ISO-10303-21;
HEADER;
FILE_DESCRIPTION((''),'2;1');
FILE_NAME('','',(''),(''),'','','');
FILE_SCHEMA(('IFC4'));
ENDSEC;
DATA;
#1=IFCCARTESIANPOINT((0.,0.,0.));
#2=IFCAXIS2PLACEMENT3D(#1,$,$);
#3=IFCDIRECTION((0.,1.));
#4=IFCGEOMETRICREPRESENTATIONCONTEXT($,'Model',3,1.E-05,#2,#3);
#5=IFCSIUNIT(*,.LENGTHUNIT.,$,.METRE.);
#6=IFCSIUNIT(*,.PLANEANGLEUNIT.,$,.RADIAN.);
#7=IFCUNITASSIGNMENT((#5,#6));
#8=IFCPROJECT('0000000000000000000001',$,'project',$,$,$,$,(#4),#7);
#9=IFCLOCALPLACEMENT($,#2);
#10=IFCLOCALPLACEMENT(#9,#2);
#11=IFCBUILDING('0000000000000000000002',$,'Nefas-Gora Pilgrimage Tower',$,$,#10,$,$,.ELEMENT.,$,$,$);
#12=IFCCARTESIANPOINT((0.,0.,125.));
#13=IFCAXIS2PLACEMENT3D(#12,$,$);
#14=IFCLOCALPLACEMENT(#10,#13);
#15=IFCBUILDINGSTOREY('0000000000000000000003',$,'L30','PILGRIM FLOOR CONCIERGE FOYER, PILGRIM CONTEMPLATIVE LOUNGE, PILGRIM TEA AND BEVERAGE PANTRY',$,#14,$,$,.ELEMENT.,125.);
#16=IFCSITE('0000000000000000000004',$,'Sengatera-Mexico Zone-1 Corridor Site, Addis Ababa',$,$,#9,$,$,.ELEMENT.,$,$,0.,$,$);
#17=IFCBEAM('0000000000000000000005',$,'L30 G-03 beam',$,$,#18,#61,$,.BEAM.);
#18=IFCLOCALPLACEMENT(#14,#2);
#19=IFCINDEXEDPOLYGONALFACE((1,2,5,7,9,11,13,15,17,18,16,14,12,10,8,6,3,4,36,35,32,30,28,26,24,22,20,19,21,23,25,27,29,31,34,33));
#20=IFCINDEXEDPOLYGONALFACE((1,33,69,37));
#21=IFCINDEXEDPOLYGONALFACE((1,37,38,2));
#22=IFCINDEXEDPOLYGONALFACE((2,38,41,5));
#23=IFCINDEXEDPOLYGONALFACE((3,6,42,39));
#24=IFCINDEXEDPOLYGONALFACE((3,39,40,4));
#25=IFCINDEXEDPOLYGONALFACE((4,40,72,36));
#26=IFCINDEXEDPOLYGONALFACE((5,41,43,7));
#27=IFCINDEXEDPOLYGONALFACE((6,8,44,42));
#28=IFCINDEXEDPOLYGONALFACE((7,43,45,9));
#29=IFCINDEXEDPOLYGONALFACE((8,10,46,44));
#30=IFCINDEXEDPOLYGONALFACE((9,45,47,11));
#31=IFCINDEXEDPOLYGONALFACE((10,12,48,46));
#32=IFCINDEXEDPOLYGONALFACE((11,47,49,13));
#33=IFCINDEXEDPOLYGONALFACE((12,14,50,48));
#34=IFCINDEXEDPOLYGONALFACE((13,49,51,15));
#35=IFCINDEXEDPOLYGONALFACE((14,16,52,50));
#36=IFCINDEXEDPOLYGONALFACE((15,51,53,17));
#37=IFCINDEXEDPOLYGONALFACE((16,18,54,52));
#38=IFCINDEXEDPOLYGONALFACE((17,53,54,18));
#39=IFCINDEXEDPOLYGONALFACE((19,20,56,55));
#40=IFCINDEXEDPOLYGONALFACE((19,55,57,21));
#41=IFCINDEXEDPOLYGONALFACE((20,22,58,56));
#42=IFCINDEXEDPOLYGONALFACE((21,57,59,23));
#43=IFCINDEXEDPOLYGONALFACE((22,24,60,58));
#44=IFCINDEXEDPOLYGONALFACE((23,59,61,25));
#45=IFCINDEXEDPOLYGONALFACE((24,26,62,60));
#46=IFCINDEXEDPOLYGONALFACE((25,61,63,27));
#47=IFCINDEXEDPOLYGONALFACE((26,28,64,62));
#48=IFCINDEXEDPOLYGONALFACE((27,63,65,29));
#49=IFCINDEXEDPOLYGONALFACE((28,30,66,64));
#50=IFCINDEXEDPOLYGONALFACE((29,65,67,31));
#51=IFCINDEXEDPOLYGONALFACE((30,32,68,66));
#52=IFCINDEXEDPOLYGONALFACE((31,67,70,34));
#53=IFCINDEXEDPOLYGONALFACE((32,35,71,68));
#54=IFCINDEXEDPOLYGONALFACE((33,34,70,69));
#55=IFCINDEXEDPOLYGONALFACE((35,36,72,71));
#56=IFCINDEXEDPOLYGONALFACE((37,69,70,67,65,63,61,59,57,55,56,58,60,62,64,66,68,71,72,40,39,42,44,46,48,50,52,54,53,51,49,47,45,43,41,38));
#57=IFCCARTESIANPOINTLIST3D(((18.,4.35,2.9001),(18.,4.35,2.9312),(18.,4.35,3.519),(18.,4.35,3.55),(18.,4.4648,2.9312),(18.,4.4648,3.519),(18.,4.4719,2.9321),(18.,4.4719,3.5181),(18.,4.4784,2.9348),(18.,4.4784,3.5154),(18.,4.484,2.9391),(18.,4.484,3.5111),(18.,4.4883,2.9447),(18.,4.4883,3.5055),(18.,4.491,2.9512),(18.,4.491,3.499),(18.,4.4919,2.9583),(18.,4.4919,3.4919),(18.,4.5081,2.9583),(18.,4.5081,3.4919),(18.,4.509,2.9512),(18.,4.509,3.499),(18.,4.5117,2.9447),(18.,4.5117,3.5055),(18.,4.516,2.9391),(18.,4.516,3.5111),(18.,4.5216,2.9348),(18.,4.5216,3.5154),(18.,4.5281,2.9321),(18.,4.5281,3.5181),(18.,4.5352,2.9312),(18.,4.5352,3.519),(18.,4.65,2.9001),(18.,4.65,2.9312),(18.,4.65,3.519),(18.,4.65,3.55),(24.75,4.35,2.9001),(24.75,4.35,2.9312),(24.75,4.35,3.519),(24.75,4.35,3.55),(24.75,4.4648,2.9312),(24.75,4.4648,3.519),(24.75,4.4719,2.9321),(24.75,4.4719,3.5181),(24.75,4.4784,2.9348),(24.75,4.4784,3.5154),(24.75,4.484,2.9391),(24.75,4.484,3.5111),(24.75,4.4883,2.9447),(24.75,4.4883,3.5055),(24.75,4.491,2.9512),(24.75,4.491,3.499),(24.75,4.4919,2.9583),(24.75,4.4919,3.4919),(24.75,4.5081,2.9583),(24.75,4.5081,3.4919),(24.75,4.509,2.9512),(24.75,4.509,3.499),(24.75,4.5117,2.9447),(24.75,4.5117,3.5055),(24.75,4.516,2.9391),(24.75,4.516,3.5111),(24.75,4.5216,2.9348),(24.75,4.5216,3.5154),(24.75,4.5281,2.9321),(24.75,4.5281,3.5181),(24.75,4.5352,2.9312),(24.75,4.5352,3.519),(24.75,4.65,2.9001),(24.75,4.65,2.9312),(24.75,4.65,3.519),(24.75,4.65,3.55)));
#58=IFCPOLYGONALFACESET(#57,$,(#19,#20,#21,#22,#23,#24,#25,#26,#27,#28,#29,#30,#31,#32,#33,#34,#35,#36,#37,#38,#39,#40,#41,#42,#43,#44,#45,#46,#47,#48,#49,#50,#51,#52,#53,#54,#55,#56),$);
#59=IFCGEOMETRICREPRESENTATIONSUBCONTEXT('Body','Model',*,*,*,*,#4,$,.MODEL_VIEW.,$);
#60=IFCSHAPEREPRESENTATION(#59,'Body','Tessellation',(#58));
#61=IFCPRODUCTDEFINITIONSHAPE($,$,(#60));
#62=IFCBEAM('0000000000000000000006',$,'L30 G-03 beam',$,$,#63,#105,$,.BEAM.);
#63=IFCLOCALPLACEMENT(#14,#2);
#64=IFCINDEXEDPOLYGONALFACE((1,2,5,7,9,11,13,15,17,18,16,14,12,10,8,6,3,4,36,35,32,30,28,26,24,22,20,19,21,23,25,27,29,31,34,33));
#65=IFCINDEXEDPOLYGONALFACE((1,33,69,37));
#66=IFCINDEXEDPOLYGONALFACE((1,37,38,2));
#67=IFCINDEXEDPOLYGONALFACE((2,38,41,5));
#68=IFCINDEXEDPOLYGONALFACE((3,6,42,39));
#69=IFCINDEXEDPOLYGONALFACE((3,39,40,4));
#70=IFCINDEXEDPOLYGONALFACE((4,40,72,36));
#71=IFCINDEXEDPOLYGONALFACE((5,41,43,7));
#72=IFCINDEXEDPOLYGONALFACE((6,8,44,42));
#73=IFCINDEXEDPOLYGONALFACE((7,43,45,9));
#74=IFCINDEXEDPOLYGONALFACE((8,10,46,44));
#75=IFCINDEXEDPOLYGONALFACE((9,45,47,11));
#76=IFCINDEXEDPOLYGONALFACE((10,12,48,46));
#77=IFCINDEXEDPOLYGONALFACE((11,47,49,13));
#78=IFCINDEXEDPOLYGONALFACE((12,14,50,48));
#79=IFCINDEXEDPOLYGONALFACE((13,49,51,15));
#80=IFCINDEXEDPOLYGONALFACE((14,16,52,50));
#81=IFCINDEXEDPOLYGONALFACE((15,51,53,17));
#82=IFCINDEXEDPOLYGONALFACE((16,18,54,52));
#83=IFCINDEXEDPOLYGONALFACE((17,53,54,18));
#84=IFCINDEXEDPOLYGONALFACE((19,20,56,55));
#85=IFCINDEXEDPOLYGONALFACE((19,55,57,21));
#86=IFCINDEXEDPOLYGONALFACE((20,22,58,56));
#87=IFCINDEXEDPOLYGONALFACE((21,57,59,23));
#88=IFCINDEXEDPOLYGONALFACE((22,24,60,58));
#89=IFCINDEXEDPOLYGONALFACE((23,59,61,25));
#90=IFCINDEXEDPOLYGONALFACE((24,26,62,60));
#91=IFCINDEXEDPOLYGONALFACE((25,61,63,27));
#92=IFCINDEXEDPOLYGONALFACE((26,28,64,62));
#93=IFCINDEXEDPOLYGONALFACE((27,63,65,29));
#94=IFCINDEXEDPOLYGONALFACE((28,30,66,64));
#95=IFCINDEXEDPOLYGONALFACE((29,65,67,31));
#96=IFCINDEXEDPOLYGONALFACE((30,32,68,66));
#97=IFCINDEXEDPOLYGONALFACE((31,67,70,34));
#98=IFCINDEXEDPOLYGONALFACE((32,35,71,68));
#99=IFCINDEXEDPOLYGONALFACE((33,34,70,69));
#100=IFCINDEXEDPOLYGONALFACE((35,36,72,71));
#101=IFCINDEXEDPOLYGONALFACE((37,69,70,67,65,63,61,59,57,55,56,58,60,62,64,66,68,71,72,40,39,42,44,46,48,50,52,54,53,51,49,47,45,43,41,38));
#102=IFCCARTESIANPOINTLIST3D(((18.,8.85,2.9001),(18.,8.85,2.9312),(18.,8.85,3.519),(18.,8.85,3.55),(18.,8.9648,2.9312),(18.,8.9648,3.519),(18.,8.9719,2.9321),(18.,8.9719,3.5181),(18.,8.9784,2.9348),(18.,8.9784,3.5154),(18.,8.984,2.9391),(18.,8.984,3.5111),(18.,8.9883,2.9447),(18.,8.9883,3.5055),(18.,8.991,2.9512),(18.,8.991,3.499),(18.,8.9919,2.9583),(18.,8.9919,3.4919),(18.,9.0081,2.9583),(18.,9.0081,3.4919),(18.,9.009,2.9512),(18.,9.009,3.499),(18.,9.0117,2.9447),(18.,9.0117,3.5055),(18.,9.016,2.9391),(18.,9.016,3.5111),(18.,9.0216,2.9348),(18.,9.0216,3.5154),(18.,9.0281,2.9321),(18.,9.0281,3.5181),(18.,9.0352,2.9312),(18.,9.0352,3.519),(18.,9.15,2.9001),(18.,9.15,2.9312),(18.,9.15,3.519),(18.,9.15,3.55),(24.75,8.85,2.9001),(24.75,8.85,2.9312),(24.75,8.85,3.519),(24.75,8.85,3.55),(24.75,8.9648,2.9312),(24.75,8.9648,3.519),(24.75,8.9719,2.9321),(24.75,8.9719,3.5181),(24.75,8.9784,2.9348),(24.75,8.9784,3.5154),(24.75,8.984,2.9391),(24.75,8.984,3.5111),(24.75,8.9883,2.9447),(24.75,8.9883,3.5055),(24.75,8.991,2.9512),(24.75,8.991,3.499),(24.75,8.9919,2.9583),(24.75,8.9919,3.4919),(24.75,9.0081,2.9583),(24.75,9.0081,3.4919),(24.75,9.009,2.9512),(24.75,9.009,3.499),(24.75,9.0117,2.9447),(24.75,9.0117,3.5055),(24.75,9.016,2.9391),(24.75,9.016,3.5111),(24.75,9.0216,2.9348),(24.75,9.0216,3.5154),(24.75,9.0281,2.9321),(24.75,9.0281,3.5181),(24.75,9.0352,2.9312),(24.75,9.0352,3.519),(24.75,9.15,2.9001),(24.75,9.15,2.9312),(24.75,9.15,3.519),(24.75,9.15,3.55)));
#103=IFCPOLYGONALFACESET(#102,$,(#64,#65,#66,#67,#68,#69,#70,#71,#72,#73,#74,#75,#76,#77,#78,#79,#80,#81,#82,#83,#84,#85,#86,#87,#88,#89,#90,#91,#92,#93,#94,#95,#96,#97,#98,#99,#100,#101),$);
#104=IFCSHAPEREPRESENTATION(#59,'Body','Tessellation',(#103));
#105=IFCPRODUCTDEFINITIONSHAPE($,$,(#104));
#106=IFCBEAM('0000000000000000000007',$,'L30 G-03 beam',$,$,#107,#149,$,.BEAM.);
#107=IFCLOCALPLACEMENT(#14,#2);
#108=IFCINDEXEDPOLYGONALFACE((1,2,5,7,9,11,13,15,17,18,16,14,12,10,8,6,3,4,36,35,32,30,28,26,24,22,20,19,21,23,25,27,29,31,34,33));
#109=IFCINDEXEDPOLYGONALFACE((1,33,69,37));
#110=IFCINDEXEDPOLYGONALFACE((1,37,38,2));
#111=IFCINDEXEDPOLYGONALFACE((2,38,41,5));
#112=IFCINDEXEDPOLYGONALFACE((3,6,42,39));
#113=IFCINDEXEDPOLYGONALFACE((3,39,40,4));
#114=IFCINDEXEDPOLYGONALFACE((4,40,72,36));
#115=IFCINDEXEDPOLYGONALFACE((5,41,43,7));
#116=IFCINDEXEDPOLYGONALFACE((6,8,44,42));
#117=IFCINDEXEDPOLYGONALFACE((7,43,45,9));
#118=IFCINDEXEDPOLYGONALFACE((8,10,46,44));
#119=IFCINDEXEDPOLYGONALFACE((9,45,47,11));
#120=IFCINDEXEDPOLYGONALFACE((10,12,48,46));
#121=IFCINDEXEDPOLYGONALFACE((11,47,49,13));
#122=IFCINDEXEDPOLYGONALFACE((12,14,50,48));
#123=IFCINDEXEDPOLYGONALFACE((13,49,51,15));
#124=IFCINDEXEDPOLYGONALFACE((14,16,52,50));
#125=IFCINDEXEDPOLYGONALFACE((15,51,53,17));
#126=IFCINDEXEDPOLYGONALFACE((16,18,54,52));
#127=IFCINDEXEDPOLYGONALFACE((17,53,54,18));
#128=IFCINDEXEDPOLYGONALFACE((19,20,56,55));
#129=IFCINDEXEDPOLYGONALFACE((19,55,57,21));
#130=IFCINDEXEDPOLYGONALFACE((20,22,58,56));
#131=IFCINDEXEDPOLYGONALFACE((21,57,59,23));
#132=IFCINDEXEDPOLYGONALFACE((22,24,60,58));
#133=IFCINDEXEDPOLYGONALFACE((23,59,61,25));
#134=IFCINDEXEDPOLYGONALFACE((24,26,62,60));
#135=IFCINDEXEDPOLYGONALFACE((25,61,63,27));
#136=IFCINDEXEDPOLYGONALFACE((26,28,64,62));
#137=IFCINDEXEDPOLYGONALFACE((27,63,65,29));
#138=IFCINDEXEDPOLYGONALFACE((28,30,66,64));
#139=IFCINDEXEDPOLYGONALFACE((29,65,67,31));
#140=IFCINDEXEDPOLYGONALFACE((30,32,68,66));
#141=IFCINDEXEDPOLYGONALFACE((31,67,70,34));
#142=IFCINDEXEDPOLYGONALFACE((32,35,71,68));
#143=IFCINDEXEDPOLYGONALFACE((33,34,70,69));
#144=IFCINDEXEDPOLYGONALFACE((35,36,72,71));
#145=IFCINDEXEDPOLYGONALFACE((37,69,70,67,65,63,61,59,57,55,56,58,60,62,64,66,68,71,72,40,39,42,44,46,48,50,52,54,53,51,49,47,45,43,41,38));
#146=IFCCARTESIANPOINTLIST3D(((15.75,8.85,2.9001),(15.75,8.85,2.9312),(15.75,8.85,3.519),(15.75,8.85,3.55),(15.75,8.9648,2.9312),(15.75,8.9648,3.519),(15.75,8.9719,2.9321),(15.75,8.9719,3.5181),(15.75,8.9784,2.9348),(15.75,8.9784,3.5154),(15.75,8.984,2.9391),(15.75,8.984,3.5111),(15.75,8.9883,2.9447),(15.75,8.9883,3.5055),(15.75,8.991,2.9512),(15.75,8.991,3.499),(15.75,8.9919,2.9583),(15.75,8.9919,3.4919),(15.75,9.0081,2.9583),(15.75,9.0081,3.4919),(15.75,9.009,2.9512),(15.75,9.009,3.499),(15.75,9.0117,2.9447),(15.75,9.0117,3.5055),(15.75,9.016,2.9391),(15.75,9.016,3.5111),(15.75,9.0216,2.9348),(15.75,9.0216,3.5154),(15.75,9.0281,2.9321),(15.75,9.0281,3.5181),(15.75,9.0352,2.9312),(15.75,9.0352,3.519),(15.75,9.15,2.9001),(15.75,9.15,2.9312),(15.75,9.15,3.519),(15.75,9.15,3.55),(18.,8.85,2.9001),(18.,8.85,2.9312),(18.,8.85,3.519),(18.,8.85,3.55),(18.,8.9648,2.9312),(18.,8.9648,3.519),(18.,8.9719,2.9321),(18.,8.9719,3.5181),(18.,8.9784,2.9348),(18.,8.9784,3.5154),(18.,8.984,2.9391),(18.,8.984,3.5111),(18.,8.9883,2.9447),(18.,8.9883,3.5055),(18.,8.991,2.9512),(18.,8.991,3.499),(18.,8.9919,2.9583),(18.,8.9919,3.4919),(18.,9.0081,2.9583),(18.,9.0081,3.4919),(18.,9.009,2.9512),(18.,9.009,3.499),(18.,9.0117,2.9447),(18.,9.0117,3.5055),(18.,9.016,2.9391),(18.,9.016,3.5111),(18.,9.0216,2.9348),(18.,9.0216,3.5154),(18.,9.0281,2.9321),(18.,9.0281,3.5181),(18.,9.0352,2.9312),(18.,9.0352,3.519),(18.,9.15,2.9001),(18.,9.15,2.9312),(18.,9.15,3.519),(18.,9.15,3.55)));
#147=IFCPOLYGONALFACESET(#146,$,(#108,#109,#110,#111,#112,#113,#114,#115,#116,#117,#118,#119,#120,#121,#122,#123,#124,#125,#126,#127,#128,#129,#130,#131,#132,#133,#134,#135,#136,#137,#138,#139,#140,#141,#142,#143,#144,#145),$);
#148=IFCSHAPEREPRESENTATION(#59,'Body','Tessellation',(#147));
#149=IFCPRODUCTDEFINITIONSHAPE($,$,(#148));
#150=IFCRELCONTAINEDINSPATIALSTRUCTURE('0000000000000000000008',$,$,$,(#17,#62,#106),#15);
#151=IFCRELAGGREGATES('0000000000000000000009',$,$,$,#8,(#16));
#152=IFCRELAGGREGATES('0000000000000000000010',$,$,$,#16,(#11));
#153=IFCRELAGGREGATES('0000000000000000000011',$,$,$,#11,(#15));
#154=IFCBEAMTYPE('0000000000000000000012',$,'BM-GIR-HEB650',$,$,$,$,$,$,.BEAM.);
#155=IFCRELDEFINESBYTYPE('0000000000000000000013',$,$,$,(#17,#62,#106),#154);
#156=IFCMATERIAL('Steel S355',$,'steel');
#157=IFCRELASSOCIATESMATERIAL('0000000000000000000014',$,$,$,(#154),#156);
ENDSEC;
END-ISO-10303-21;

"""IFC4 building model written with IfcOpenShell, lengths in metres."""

from ifc_helpers import new_model, si_unit, direction, frame, origin, origin_2d, place, context, subcontext, project, spatial, i_section, extrude, source, transform, mapped, material, material_profile, profile_set, type_object, element, save


model = new_model("IFC4")

# Units and contexts
model_context = context("Model", 3, precision=1e-05, world=origin(), true_north=direction((0.0, 1.0)))
body_context = subcontext(model_context, "Body", "Model", "MODEL_VIEW")
ifc_project = project(units=[si_unit("LENGTHUNIT", "METRE"), si_unit("PLANEANGLEUNIT", "RADIAN")], contexts=[model_context])

# Site, building, storey
site_placement = place(None, origin())
site = spatial("IfcSite", under=ifc_project, at=site_placement, Name="Sengatera-Mexico Zone-1 Corridor Site, Addis Ababa", CompositionType="ELEMENT", RefElevation=0.0)
building_placement = place(site_placement, origin())
building = spatial("IfcBuilding", under=site, at=building_placement, Name="Nefas-Gora Pilgrimage Tower", CompositionType="ELEMENT")
storey_placement = place(building_placement, frame((0.0, 0.0, 125.0)))
storey = spatial("IfcBuildingStorey", under=building, at=storey_placement, Name="L30", Description="PILGRIM FLOOR CONCIERGE FOYER, PILGRIM CONTEMPLATIVE LOUNGE, PILGRIM TEA AND BEVERAGE PANTRY", CompositionType="ELEMENT", Elevation=125.0)

# Beams
ifc_material_1 = material(Name="Steel S355", Category="steel")
ifc_material_profile_1 = material_profile(ifc_material_1, i_section(OverallWidth=0.3, OverallDepth=0.6499, WebThickness=0.0161, FlangeThickness=0.031, FilletRadius=0.0271, at=origin_2d()), Name="HEB 650")
ifc_profile_set_1 = profile_set([ifc_material_profile_1], Name="Steel S355")
beam_type_1 = type_object("IfcBeamType", Name="BM-GIR-HEB650", PredefinedType="BEAM", material=ifc_profile_set_1)
shared_shape_1 = source(origin(), body_context, "Body", "SweptSolid", [
    extrude(i_section(OverallWidth=0.3, OverallDepth=0.6499, WebThickness=0.0161, FlangeThickness=0.031, FilletRadius=0.0271, at=origin_2d()), origin(), (0.0, 0.0, 1.0), 6.75),
])
for number, where, z_axis, x_axis, name in (
    (1, (18.0, 4.5, 3.2251), (1.0, 0.0, 0.0), (0.0, 1.0, 0.0), "L30 G-03 beam"),
    (2, (18.0, 9.0, 3.2251), (1.0, 0.0, 0.0), (0.0, 1.0, 0.0), "L30 G-03 beam"),
):
    element("IfcBeam", number, at=place(storey_placement, frame(where, z_axis=z_axis, x_axis=x_axis)), inside=storey, type_object=beam_type_1, Name=name, PredefinedType="BEAM", context=body_context, shape_type="MappedRepresentation", body=[
        mapped(shared_shape_1, transform((0.0, 0.0, 0.0), x_axis=(1.0, 0.0, 0.0), y_axis=(0.0, 1.0, 0.0), z_axis=(0.0, 0.0, 1.0), scale=1.0)),
    ])
shared_shape_2 = source(origin(), body_context, "Body", "SweptSolid", [
    extrude(i_section(OverallWidth=0.3, OverallDepth=0.6499, WebThickness=0.0161, FlangeThickness=0.031, FilletRadius=0.0271, at=origin_2d()), origin(), (0.0, 0.0, 1.0), 2.25),
])
beam_placement = place(storey_placement, frame((15.75, 9.0, 3.2251), z_axis=(1.0, 0.0, 0.0), x_axis=(0.0, 1.0, 0.0)))
element("IfcBeam", 3, at=beam_placement, inside=storey, type_object=beam_type_1, Name="L30 G-03 beam", PredefinedType="BEAM", context=body_context, shape_type="MappedRepresentation", body=[
    mapped(shared_shape_2, transform((0.0, 0.0, 0.0), x_axis=(1.0, 0.0, 0.0), y_axis=(0.0, 1.0, 0.0), z_axis=(0.0, 0.0, 1.0), scale=1.0)),
])

save(model, "model.ifc")
